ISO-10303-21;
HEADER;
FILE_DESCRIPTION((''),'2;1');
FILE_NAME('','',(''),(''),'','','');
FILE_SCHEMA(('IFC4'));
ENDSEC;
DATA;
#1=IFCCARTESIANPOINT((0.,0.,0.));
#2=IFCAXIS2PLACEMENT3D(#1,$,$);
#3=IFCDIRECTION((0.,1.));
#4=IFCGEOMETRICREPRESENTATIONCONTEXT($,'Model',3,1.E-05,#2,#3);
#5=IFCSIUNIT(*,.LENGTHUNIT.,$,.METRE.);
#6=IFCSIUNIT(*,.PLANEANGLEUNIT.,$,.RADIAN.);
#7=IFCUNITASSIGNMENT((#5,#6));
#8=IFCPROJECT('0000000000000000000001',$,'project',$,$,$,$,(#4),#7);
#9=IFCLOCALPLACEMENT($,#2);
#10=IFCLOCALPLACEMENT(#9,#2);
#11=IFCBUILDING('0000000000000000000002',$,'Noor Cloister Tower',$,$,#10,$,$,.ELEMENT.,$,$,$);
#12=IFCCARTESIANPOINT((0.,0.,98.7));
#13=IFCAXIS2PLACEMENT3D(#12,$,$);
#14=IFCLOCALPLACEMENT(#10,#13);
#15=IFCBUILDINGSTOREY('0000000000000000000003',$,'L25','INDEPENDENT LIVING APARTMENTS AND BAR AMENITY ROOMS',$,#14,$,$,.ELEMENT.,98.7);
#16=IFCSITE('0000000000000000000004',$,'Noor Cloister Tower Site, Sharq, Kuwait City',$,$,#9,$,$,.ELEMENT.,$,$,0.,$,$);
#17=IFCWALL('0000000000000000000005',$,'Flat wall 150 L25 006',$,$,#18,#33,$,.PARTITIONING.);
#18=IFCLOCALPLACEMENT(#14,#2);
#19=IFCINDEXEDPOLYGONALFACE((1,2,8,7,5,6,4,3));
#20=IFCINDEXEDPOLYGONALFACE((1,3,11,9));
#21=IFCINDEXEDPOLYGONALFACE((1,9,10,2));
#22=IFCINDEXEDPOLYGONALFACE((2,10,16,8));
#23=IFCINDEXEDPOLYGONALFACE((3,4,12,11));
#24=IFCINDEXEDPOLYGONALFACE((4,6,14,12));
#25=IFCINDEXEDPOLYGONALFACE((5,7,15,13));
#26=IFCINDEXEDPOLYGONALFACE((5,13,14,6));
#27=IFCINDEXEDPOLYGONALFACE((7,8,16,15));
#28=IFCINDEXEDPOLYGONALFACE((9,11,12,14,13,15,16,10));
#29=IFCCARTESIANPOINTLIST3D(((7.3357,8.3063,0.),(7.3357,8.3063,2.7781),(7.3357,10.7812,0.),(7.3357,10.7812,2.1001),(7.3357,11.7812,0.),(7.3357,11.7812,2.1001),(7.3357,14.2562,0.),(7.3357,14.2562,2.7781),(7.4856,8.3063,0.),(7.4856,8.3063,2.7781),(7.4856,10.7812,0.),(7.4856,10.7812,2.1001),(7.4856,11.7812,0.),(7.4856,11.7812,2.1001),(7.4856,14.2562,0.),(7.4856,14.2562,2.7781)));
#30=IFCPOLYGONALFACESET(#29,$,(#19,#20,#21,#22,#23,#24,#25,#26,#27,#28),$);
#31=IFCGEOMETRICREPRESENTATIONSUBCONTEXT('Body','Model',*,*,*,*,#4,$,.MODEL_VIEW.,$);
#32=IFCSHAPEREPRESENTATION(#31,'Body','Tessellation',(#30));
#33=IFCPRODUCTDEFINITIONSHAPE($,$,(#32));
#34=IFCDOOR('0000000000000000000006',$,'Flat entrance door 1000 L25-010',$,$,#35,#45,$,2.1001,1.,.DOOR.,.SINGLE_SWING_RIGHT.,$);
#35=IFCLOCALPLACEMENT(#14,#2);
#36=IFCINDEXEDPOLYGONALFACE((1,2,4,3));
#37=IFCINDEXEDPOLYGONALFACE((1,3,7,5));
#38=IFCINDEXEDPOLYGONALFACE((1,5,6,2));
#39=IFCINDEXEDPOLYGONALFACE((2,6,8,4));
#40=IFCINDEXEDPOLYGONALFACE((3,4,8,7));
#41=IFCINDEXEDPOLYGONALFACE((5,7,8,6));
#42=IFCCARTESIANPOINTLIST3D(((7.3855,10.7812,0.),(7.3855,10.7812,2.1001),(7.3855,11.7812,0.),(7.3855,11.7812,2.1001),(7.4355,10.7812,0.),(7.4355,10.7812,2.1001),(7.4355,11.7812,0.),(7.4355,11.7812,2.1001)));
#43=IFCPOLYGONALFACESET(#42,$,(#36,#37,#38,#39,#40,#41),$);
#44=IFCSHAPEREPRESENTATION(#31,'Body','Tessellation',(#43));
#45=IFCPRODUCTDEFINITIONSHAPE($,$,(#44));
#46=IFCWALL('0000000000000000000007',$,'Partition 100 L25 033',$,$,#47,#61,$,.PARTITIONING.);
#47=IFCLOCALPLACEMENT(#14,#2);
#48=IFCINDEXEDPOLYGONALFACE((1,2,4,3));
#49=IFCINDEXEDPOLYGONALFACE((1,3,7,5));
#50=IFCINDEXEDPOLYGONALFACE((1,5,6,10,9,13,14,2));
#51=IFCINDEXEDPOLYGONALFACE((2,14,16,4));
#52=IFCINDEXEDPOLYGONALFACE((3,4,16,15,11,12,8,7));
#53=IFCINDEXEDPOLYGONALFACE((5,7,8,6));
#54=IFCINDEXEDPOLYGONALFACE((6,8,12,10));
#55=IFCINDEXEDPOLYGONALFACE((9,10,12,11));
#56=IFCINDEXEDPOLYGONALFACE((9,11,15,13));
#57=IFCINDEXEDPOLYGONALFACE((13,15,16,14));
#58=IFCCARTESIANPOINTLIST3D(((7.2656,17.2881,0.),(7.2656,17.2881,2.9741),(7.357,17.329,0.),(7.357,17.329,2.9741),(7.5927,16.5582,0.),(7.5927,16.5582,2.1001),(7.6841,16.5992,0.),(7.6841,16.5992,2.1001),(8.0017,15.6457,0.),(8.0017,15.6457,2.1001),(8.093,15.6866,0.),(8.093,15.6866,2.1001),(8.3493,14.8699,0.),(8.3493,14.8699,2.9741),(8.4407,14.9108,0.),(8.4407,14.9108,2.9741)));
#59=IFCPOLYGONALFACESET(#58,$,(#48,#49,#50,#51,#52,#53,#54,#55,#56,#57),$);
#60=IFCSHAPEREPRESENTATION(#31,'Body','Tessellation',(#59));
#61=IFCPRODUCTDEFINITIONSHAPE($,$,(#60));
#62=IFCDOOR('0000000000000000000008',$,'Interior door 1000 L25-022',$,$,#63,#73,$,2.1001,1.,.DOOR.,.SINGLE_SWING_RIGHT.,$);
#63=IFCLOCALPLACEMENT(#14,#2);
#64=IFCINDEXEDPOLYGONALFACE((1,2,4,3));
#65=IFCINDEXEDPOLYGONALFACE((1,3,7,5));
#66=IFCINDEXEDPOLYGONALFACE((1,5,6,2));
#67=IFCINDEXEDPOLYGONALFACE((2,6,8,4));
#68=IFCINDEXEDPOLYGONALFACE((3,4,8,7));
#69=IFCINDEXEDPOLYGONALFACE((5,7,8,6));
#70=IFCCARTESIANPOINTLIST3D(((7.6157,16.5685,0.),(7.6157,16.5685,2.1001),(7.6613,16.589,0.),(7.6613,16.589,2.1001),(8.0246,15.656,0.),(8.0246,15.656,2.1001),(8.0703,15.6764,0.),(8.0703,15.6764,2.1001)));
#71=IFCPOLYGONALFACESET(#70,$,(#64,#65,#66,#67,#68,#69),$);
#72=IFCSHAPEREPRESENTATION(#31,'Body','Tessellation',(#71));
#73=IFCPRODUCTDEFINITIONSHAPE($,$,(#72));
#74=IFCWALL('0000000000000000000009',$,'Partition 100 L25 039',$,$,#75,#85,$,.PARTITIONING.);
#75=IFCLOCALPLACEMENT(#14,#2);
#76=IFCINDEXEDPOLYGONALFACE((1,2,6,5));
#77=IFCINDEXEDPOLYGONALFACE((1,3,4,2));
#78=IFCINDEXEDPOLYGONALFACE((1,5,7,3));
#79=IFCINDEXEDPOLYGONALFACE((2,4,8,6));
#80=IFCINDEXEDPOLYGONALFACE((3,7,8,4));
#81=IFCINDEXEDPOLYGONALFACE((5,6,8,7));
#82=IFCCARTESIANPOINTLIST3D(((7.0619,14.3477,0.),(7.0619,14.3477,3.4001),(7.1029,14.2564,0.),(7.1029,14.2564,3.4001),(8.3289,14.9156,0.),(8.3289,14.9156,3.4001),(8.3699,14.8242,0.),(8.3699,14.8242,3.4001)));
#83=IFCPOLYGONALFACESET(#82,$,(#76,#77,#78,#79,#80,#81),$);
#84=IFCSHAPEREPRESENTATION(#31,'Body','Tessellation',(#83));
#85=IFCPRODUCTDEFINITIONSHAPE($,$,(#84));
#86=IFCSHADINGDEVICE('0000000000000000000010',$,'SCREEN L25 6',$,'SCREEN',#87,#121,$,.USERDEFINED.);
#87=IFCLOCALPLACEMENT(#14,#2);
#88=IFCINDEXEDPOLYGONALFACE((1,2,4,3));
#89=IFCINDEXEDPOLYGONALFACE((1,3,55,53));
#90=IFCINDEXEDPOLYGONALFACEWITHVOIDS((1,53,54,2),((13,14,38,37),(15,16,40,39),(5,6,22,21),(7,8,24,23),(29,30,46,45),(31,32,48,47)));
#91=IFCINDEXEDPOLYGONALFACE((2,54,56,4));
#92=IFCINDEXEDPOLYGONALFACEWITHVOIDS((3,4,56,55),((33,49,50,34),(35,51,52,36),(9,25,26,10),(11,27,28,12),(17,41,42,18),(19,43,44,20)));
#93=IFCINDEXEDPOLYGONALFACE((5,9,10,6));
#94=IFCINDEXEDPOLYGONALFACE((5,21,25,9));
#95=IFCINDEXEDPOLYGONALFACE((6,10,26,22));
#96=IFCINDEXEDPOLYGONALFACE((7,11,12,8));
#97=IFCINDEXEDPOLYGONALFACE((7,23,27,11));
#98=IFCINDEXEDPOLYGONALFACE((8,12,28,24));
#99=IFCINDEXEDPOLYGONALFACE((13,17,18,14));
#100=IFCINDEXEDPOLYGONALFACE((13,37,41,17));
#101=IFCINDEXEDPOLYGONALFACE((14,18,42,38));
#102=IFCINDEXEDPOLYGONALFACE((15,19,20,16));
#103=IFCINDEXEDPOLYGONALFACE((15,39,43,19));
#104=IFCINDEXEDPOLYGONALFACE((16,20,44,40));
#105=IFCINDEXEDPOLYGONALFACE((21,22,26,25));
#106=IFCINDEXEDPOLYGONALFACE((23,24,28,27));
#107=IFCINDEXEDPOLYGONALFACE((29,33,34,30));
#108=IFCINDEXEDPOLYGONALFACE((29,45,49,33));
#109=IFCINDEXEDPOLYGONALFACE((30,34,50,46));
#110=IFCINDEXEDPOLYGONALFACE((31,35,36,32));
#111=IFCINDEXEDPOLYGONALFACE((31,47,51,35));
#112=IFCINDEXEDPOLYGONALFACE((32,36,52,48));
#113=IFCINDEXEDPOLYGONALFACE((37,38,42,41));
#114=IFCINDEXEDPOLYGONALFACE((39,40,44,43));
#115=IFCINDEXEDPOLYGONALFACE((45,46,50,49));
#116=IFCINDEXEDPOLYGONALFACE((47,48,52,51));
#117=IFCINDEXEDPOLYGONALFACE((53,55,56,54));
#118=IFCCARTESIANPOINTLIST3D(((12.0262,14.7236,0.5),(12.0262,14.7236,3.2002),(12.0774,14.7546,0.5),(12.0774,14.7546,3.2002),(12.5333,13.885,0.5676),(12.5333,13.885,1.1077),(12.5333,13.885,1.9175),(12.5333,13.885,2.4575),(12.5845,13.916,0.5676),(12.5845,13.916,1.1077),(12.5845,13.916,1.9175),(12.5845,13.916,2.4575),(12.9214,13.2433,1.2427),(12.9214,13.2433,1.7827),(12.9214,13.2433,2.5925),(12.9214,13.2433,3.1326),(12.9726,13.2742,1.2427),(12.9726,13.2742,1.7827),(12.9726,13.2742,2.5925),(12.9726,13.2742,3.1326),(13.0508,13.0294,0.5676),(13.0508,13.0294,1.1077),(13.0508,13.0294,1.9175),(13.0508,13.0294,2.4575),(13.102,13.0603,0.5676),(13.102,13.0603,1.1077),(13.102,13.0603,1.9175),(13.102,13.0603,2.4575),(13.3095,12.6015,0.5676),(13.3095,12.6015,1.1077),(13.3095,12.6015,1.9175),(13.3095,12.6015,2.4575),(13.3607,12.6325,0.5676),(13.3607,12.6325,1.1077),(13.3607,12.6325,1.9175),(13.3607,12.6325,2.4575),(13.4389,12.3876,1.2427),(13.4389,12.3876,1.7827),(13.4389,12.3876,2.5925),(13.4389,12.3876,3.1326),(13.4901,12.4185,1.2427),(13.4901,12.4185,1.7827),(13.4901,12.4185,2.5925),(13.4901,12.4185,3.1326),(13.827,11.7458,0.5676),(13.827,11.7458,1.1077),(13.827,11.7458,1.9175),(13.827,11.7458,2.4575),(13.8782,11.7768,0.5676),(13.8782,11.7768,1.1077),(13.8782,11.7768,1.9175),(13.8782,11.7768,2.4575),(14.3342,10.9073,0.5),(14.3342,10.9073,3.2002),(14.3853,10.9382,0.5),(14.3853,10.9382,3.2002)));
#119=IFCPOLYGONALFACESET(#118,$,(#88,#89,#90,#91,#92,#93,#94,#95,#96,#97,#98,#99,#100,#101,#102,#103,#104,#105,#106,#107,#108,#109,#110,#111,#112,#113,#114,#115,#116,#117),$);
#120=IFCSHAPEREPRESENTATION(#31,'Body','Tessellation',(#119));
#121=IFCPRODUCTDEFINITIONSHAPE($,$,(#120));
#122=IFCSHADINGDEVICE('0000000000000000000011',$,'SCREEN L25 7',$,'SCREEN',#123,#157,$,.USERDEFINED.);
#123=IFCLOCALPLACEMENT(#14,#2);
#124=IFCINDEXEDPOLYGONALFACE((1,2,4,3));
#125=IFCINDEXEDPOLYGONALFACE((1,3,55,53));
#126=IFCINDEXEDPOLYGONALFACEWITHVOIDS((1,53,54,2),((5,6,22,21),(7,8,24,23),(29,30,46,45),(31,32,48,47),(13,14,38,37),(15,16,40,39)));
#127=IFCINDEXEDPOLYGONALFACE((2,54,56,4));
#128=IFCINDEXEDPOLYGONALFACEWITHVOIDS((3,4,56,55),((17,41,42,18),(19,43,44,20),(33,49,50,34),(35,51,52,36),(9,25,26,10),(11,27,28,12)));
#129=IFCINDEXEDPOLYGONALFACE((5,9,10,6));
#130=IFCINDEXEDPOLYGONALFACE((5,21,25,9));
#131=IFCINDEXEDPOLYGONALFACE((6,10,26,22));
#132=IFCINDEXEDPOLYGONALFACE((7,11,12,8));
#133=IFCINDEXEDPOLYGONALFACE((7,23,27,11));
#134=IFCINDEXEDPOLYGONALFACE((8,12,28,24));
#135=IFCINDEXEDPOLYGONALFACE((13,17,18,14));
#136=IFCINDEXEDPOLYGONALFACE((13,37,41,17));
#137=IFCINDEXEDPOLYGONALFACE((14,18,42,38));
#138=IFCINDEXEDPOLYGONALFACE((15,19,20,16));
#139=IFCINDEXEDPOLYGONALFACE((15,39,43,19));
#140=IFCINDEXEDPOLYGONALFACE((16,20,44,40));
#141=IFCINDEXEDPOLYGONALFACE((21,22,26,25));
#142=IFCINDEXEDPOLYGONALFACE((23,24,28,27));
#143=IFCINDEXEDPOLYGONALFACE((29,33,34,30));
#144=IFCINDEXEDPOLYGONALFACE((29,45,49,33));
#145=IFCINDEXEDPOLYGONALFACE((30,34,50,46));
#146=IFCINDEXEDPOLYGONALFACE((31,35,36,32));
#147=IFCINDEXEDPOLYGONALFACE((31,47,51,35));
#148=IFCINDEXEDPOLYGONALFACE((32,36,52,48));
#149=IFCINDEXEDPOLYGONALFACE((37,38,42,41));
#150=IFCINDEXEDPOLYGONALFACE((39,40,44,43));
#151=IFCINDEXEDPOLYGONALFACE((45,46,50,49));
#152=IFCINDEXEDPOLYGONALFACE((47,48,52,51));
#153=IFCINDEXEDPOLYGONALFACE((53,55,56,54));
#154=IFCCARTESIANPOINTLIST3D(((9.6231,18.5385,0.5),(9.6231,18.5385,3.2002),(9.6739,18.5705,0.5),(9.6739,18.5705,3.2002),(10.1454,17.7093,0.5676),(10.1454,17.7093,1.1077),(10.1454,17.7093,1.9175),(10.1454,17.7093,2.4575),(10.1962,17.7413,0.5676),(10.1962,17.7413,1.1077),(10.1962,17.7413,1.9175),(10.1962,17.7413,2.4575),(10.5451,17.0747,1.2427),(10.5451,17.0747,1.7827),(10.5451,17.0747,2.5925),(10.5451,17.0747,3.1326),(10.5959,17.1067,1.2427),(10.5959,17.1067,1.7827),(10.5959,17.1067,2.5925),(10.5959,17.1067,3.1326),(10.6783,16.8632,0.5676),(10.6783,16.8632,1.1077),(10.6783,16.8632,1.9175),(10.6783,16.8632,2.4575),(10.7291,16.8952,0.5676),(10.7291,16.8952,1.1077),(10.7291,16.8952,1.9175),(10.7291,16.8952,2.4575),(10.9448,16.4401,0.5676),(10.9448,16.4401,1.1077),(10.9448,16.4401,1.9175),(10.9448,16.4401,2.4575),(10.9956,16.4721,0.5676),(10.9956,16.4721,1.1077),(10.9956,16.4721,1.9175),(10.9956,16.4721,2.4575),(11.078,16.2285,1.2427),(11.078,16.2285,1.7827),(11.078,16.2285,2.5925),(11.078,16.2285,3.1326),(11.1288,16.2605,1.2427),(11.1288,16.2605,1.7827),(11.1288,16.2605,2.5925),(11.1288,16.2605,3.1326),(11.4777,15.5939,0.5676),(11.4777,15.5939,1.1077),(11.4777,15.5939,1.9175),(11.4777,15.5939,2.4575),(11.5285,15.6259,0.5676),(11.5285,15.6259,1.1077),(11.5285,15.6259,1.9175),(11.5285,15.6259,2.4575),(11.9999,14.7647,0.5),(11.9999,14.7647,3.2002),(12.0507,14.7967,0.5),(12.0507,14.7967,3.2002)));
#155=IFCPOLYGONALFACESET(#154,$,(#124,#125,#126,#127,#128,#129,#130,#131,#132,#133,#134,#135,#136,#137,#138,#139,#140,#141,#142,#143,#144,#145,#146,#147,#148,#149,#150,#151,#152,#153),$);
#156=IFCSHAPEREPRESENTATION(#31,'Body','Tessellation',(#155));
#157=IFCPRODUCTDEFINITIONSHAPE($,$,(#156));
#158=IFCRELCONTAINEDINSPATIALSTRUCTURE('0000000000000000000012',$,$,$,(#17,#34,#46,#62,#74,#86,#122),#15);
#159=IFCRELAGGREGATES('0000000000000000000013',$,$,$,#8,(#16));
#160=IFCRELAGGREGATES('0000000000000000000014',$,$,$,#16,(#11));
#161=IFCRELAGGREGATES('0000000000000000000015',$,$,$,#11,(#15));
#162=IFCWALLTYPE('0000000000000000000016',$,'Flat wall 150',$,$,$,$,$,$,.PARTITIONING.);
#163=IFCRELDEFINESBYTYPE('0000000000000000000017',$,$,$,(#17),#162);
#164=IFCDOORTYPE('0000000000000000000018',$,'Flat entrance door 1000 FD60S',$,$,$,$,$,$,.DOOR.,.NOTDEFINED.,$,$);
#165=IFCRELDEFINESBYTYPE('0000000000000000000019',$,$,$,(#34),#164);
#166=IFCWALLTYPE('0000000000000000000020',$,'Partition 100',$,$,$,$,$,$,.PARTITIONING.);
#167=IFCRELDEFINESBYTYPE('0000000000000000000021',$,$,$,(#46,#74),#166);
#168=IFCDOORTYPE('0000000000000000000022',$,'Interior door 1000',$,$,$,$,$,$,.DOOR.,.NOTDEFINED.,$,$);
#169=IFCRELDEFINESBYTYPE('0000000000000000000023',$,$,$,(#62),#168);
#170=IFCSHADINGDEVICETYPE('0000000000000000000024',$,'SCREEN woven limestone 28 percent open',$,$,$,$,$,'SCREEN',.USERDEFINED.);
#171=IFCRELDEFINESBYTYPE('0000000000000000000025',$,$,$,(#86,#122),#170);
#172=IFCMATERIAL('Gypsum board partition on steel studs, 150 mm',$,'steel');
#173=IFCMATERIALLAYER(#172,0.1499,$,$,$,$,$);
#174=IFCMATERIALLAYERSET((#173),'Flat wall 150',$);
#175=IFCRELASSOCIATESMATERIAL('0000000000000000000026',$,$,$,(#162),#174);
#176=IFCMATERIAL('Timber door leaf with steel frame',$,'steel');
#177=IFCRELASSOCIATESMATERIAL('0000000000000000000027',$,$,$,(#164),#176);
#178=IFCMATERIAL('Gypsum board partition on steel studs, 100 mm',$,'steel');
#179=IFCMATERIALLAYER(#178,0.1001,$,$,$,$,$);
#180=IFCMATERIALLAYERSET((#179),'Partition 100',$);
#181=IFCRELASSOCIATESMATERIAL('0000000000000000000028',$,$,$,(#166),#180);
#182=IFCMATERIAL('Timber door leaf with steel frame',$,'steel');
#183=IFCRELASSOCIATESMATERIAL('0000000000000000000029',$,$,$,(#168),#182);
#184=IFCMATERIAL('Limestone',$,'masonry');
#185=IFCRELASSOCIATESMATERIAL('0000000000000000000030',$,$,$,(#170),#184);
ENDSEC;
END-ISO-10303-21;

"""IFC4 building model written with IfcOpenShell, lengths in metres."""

from ifc_helpers import new_model, si_unit, direction, frame, frame_2d, origin, place, context, subcontext, project, spatial, polyline, rectangle, outline, extrude, material, layer, layer_set, material_profile, profile_set, type_object, element, fill, save


model = new_model("IFC4")

# Units and contexts
model_context = context("Model", 3, precision=1e-05, world=origin(), true_north=direction((0.0, 1.0)))
body_context = subcontext(model_context, "Body", "Model", "MODEL_VIEW")
ifc_project = project(units=[si_unit("LENGTHUNIT", "METRE"), si_unit("PLANEANGLEUNIT", "RADIAN")], contexts=[model_context])

# Site, building, storey
site_placement = place(None, origin())
site = spatial("IfcSite", under=ifc_project, at=site_placement, Name="Noor Cloister Tower Site, Sharq, Kuwait City", CompositionType="ELEMENT", RefElevation=0.0)
building_placement = place(site_placement, origin())
building = spatial("IfcBuilding", under=site, at=building_placement, Name="Noor Cloister Tower", CompositionType="ELEMENT")
storey_placement = place(building_placement, frame((0.0, 0.0, 98.7)))
storey = spatial("IfcBuildingStorey", under=building, at=storey_placement, Name="L25", Description="INDEPENDENT LIVING APARTMENTS AND BAR AMENITY ROOMS", CompositionType="ELEMENT", Elevation=98.7)

# Walls, openings, doors
ifc_material_1 = material(Name="Gypsum board partition on steel studs, 150 mm", Category="steel")
ifc_layer_1 = layer(ifc_material_1, 0.1499)
ifc_layer_set_1 = layer_set([ifc_layer_1], Name="Flat wall 150")
wall_type_1 = type_object("IfcWallType", Name="Flat wall 150", PredefinedType="PARTITIONING", material=ifc_layer_set_1)
wall_1_placement = place(storey_placement, frame((7.4106, 14.2563, 0.0), z_axis=(0.0, 0.0, 1.0), x_axis=(0.0, -1.0, 0.0)))
wall_1 = element("IfcWall", 1, at=wall_1_placement, inside=storey, type_object=wall_type_1, Name="Flat wall 150 L25 006", PredefinedType="PARTITIONING", context=body_context, shape_type="SweptSolid", body=[
    extrude(rectangle(XDim=5.95, YDim=0.1499, at=frame_2d((2.9751, 0.0))), origin(), (0.0, 0.0, 1.0), 2.7781),
])
opening_1_placement = place(wall_1_placement, frame((2.4751, 0.0, 0.0)))
opening_1 = element("IfcOpeningElement", 2, at=opening_1_placement, cuts=wall_1, PredefinedType="OPENING", context=body_context, shape_type="SweptSolid", body=[
    extrude(rectangle(XDim=1.0, YDim=2.1001, at=frame_2d((0.5, 1.05))), frame((0.0, 0.085, 0.0), z_axis=(0.0, -1.0, 0.0), x_axis=(1.0, 0.0, 0.0)), (0.0, 0.0, 1.0), 0.1699),
])
ifc_material_2 = material(Name="Timber door leaf with steel frame", Category="steel")
door_type_1 = type_object("IfcDoorType", Name="Flat entrance door 1000 FD60S", OperationType="NOTDEFINED", PredefinedType="DOOR", material=ifc_material_2)
door_1_placement = place(opening_1_placement, origin())
door_1 = element("IfcDoor", 3, at=door_1_placement, inside=storey, type_object=door_type_1, Name="Flat entrance door 1000 L25-010", OperationType="SINGLE_SWING_RIGHT", OverallHeight=2.1001, OverallWidth=1.0, PredefinedType="DOOR", context=body_context, shape_type="SweptSolid", body=[
    extrude(rectangle(XDim=1.0, YDim=2.1001, at=frame_2d((0.5, 1.05))), frame((0.0, 0.0249, 0.0), z_axis=(0.0, -1.0, 0.0), x_axis=(1.0, 0.0, 0.0)), (0.0, 0.0, 1.0), 0.05),
])
fill(opening_1, door_1)
ifc_material_3 = material(Name="Gypsum board partition on steel studs, 100 mm", Category="steel")
ifc_layer_2 = layer(ifc_material_3, 0.1001)
ifc_layer_set_2 = layer_set([ifc_layer_2], Name="Partition 100")
wall_type_2 = type_object("IfcWallType", Name="Partition 100", PredefinedType="PARTITIONING", material=ifc_layer_set_2)
wall_2_placement = place(storey_placement, frame((8.395, 14.8904, 0.0), z_axis=(0.0, 0.0, 1.0), x_axis=(-0.408966, 0.91255, 0.0)))
wall_2 = element("IfcWall", 4, at=wall_2_placement, inside=storey, type_object=wall_type_2, Name="Partition 100 L25 033", PredefinedType="PARTITIONING", context=body_context, shape_type="SweptSolid", body=[
    extrude(rectangle(XDim=2.6499, YDim=0.1001, at=frame_2d((1.325, 0.0))), origin(), (0.0, 0.0, 1.0), 2.9741),
])
opening_2_placement = place(wall_2_placement, frame((0.8501, 0.0, 0.0)))
opening_2 = element("IfcOpeningElement", 5, at=opening_2_placement, cuts=wall_2, PredefinedType="OPENING", context=body_context, shape_type="SweptSolid", body=[
    extrude(rectangle(XDim=1.0, YDim=2.1001, at=frame_2d((0.5, 1.05))), frame((0.0, 0.0601, 0.0), z_axis=(0.0, -1.0, 0.0), x_axis=(1.0, 0.0, 0.0)), (0.0, 0.0, 1.0), 0.1201),
])
ifc_material_4 = material(Name="Timber door leaf with steel frame", Category="steel")
door_type_2 = type_object("IfcDoorType", Name="Interior door 1000", OperationType="NOTDEFINED", PredefinedType="DOOR", material=ifc_material_4)
door_2_placement = place(opening_2_placement, origin())
door_2 = element("IfcDoor", 6, at=door_2_placement, inside=storey, type_object=door_type_2, Name="Interior door 1000 L25-022", OperationType="SINGLE_SWING_RIGHT", OverallHeight=2.1001, OverallWidth=1.0, PredefinedType="DOOR", context=body_context, shape_type="SweptSolid", body=[
    extrude(rectangle(XDim=1.0, YDim=2.1001, at=frame_2d((0.5, 1.05))), frame((0.0, 0.0249, 0.0), z_axis=(0.0, -1.0, 0.0), x_axis=(1.0, 0.0, 0.0)), (0.0, 0.0, 1.0), 0.05),
])
fill(opening_2, door_2)

# Wall
wall_3_placement = place(storey_placement, frame((7.0823, 14.302, 0.0), z_axis=(0.0, 0.0, 1.0), x_axis=(0.912546, 0.408975, 0.0)))
element("IfcWall", 7, at=wall_3_placement, inside=storey, type_object=wall_type_2, Name="Partition 100 L25 039", PredefinedType="PARTITIONING", context=body_context, shape_type="SweptSolid", body=[
    extrude(rectangle(XDim=1.3884, YDim=0.1001, at=frame_2d((0.6943, 0.0))), origin(), (0.0, 0.0, 1.0), 3.4001),
])

# Shading devices
ifc_material_5 = material(Name="Limestone", Category="masonry")
ifc_material_profile_1 = material_profile(ifc_material_5, outline(polyline([(-2.23, -1.3501), (2.23, -1.3501), (2.23, 1.3501), (-2.23, 1.3501), (-2.23, -1.3501)]), holes=[polyline([(-1.25, -1.2825), (-0.25, -1.2825), (-0.25, -0.7424), (-1.25, -0.7424), (-1.25, -1.2825)]), polyline([(0.25, -1.2825), (1.25, -1.2825), (1.25, -0.7424), (0.25, -0.7424), (0.25, -1.2825)]), polyline([(-0.5, -0.6074), (0.5, -0.6074), (0.5, -0.0674), (-0.5, -0.0674), (-0.5, -0.6074)]), polyline([(-1.25, 0.0674), (-0.25, 0.0674), (-0.25, 0.6074), (-1.25, 0.6074), (-1.25, 0.0674)]), polyline([(0.25, 0.0674), (1.25, 0.0674), (1.25, 0.6074), (0.25, 0.6074), (0.25, 0.0674)]), polyline([(-0.5, 0.7424), (0.5, 0.7424), (0.5, 1.2825), (-0.5, 1.2825), (-0.5, 0.7424)])]), Name="Woven screen 28 percent open")
ifc_profile_set_1 = profile_set([ifc_material_profile_1], Name="Limestone")
shading_device_type = type_object("IfcShadingDeviceType", Name="SCREEN woven limestone 28 percent open", ElementType="SCREEN", PredefinedType="USERDEFINED", material=ifc_profile_set_1)
shading_device_1_placement = place(storey_placement, frame((13.1802, 12.8154, 1.8501), z_axis=(0.85569, 0.517489, 0.0), x_axis=(-0.517489, 0.85569, 0.0)))
element("IfcShadingDevice", 8, at=shading_device_1_placement, inside=storey, type_object=shading_device_type, Name="SCREEN L25 6", ObjectType="SCREEN", PredefinedType="USERDEFINED", context=body_context, shape_type="SweptSolid", body=[
    extrude(outline(polyline([(-2.23, -1.3501), (2.23, -1.3501), (2.23, 1.3501), (-2.23, 1.3501), (-2.23, -1.3501)]), holes=[polyline([(-1.25, -1.2825), (-0.25, -1.2825), (-0.25, -0.7424), (-1.25, -0.7424), (-1.25, -1.2825)]), polyline([(0.25, -1.2825), (1.25, -1.2825), (1.25, -0.7424), (0.25, -0.7424), (0.25, -1.2825)]), polyline([(-0.5, -0.6074), (0.5, -0.6074), (0.5, -0.0674), (-0.5, -0.0674), (-0.5, -0.6074)]), polyline([(-1.25, 0.0674), (-0.25, 0.0674), (-0.25, 0.6074), (-1.25, 0.6074), (-1.25, 0.0674)]), polyline([(0.25, 0.0674), (1.25, 0.0674), (1.25, 0.6074), (0.25, 0.6074), (0.25, 0.0674)]), polyline([(-0.5, 0.7424), (0.5, 0.7424), (0.5, 1.2825), (-0.5, 1.2825), (-0.5, 0.7424)])]), origin(), (0.0, 0.0, 1.0), 0.0598),
])
for number, where, z_axis, x_axis, name in (
    (9, (10.8115, 16.6516, 1.8501), (0.846165, 0.532921, 0.0), (-0.532921, 0.846165, 0.0), "SCREEN L25 7"),
):
    element("IfcShadingDevice", number, at=place(storey_placement, frame(where, z_axis=z_axis, x_axis=x_axis)), inside=storey, type_object=shading_device_type, Name=name, ObjectType="SCREEN", PredefinedType="USERDEFINED", context=body_context, shape_type="SweptSolid", body=[
        extrude(outline(polyline([(-2.23, -1.3501), (2.23, -1.3501), (2.23, 1.3501), (-2.23, 1.3501), (-2.23, -1.3501)]), holes=[polyline([(-1.25, -1.2825), (-0.25, -1.2825), (-0.25, -0.7424), (-1.25, -0.7424), (-1.25, -1.2825)]), polyline([(0.25, -1.2825), (1.25, -1.2825), (1.25, -0.7424), (0.25, -0.7424), (0.25, -1.2825)]), polyline([(-0.5, -0.6074), (0.5, -0.6074), (0.5, -0.0674), (-0.5, -0.0674), (-0.5, -0.6074)]), polyline([(-1.25, 0.0674), (-0.25, 0.0674), (-0.25, 0.6074), (-1.25, 0.6074), (-1.25, 0.0674)]), polyline([(0.25, 0.0674), (1.25, 0.0674), (1.25, 0.6074), (0.25, 0.6074), (0.25, 0.0674)]), polyline([(-0.5, 0.7424), (0.5, 0.7424), (0.5, 1.2825), (-0.5, 1.2825), (-0.5, 0.7424)])]), origin(), (0.0, 0.0, 1.0), 0.0601),
    ])

save(model, "model.ifc")
